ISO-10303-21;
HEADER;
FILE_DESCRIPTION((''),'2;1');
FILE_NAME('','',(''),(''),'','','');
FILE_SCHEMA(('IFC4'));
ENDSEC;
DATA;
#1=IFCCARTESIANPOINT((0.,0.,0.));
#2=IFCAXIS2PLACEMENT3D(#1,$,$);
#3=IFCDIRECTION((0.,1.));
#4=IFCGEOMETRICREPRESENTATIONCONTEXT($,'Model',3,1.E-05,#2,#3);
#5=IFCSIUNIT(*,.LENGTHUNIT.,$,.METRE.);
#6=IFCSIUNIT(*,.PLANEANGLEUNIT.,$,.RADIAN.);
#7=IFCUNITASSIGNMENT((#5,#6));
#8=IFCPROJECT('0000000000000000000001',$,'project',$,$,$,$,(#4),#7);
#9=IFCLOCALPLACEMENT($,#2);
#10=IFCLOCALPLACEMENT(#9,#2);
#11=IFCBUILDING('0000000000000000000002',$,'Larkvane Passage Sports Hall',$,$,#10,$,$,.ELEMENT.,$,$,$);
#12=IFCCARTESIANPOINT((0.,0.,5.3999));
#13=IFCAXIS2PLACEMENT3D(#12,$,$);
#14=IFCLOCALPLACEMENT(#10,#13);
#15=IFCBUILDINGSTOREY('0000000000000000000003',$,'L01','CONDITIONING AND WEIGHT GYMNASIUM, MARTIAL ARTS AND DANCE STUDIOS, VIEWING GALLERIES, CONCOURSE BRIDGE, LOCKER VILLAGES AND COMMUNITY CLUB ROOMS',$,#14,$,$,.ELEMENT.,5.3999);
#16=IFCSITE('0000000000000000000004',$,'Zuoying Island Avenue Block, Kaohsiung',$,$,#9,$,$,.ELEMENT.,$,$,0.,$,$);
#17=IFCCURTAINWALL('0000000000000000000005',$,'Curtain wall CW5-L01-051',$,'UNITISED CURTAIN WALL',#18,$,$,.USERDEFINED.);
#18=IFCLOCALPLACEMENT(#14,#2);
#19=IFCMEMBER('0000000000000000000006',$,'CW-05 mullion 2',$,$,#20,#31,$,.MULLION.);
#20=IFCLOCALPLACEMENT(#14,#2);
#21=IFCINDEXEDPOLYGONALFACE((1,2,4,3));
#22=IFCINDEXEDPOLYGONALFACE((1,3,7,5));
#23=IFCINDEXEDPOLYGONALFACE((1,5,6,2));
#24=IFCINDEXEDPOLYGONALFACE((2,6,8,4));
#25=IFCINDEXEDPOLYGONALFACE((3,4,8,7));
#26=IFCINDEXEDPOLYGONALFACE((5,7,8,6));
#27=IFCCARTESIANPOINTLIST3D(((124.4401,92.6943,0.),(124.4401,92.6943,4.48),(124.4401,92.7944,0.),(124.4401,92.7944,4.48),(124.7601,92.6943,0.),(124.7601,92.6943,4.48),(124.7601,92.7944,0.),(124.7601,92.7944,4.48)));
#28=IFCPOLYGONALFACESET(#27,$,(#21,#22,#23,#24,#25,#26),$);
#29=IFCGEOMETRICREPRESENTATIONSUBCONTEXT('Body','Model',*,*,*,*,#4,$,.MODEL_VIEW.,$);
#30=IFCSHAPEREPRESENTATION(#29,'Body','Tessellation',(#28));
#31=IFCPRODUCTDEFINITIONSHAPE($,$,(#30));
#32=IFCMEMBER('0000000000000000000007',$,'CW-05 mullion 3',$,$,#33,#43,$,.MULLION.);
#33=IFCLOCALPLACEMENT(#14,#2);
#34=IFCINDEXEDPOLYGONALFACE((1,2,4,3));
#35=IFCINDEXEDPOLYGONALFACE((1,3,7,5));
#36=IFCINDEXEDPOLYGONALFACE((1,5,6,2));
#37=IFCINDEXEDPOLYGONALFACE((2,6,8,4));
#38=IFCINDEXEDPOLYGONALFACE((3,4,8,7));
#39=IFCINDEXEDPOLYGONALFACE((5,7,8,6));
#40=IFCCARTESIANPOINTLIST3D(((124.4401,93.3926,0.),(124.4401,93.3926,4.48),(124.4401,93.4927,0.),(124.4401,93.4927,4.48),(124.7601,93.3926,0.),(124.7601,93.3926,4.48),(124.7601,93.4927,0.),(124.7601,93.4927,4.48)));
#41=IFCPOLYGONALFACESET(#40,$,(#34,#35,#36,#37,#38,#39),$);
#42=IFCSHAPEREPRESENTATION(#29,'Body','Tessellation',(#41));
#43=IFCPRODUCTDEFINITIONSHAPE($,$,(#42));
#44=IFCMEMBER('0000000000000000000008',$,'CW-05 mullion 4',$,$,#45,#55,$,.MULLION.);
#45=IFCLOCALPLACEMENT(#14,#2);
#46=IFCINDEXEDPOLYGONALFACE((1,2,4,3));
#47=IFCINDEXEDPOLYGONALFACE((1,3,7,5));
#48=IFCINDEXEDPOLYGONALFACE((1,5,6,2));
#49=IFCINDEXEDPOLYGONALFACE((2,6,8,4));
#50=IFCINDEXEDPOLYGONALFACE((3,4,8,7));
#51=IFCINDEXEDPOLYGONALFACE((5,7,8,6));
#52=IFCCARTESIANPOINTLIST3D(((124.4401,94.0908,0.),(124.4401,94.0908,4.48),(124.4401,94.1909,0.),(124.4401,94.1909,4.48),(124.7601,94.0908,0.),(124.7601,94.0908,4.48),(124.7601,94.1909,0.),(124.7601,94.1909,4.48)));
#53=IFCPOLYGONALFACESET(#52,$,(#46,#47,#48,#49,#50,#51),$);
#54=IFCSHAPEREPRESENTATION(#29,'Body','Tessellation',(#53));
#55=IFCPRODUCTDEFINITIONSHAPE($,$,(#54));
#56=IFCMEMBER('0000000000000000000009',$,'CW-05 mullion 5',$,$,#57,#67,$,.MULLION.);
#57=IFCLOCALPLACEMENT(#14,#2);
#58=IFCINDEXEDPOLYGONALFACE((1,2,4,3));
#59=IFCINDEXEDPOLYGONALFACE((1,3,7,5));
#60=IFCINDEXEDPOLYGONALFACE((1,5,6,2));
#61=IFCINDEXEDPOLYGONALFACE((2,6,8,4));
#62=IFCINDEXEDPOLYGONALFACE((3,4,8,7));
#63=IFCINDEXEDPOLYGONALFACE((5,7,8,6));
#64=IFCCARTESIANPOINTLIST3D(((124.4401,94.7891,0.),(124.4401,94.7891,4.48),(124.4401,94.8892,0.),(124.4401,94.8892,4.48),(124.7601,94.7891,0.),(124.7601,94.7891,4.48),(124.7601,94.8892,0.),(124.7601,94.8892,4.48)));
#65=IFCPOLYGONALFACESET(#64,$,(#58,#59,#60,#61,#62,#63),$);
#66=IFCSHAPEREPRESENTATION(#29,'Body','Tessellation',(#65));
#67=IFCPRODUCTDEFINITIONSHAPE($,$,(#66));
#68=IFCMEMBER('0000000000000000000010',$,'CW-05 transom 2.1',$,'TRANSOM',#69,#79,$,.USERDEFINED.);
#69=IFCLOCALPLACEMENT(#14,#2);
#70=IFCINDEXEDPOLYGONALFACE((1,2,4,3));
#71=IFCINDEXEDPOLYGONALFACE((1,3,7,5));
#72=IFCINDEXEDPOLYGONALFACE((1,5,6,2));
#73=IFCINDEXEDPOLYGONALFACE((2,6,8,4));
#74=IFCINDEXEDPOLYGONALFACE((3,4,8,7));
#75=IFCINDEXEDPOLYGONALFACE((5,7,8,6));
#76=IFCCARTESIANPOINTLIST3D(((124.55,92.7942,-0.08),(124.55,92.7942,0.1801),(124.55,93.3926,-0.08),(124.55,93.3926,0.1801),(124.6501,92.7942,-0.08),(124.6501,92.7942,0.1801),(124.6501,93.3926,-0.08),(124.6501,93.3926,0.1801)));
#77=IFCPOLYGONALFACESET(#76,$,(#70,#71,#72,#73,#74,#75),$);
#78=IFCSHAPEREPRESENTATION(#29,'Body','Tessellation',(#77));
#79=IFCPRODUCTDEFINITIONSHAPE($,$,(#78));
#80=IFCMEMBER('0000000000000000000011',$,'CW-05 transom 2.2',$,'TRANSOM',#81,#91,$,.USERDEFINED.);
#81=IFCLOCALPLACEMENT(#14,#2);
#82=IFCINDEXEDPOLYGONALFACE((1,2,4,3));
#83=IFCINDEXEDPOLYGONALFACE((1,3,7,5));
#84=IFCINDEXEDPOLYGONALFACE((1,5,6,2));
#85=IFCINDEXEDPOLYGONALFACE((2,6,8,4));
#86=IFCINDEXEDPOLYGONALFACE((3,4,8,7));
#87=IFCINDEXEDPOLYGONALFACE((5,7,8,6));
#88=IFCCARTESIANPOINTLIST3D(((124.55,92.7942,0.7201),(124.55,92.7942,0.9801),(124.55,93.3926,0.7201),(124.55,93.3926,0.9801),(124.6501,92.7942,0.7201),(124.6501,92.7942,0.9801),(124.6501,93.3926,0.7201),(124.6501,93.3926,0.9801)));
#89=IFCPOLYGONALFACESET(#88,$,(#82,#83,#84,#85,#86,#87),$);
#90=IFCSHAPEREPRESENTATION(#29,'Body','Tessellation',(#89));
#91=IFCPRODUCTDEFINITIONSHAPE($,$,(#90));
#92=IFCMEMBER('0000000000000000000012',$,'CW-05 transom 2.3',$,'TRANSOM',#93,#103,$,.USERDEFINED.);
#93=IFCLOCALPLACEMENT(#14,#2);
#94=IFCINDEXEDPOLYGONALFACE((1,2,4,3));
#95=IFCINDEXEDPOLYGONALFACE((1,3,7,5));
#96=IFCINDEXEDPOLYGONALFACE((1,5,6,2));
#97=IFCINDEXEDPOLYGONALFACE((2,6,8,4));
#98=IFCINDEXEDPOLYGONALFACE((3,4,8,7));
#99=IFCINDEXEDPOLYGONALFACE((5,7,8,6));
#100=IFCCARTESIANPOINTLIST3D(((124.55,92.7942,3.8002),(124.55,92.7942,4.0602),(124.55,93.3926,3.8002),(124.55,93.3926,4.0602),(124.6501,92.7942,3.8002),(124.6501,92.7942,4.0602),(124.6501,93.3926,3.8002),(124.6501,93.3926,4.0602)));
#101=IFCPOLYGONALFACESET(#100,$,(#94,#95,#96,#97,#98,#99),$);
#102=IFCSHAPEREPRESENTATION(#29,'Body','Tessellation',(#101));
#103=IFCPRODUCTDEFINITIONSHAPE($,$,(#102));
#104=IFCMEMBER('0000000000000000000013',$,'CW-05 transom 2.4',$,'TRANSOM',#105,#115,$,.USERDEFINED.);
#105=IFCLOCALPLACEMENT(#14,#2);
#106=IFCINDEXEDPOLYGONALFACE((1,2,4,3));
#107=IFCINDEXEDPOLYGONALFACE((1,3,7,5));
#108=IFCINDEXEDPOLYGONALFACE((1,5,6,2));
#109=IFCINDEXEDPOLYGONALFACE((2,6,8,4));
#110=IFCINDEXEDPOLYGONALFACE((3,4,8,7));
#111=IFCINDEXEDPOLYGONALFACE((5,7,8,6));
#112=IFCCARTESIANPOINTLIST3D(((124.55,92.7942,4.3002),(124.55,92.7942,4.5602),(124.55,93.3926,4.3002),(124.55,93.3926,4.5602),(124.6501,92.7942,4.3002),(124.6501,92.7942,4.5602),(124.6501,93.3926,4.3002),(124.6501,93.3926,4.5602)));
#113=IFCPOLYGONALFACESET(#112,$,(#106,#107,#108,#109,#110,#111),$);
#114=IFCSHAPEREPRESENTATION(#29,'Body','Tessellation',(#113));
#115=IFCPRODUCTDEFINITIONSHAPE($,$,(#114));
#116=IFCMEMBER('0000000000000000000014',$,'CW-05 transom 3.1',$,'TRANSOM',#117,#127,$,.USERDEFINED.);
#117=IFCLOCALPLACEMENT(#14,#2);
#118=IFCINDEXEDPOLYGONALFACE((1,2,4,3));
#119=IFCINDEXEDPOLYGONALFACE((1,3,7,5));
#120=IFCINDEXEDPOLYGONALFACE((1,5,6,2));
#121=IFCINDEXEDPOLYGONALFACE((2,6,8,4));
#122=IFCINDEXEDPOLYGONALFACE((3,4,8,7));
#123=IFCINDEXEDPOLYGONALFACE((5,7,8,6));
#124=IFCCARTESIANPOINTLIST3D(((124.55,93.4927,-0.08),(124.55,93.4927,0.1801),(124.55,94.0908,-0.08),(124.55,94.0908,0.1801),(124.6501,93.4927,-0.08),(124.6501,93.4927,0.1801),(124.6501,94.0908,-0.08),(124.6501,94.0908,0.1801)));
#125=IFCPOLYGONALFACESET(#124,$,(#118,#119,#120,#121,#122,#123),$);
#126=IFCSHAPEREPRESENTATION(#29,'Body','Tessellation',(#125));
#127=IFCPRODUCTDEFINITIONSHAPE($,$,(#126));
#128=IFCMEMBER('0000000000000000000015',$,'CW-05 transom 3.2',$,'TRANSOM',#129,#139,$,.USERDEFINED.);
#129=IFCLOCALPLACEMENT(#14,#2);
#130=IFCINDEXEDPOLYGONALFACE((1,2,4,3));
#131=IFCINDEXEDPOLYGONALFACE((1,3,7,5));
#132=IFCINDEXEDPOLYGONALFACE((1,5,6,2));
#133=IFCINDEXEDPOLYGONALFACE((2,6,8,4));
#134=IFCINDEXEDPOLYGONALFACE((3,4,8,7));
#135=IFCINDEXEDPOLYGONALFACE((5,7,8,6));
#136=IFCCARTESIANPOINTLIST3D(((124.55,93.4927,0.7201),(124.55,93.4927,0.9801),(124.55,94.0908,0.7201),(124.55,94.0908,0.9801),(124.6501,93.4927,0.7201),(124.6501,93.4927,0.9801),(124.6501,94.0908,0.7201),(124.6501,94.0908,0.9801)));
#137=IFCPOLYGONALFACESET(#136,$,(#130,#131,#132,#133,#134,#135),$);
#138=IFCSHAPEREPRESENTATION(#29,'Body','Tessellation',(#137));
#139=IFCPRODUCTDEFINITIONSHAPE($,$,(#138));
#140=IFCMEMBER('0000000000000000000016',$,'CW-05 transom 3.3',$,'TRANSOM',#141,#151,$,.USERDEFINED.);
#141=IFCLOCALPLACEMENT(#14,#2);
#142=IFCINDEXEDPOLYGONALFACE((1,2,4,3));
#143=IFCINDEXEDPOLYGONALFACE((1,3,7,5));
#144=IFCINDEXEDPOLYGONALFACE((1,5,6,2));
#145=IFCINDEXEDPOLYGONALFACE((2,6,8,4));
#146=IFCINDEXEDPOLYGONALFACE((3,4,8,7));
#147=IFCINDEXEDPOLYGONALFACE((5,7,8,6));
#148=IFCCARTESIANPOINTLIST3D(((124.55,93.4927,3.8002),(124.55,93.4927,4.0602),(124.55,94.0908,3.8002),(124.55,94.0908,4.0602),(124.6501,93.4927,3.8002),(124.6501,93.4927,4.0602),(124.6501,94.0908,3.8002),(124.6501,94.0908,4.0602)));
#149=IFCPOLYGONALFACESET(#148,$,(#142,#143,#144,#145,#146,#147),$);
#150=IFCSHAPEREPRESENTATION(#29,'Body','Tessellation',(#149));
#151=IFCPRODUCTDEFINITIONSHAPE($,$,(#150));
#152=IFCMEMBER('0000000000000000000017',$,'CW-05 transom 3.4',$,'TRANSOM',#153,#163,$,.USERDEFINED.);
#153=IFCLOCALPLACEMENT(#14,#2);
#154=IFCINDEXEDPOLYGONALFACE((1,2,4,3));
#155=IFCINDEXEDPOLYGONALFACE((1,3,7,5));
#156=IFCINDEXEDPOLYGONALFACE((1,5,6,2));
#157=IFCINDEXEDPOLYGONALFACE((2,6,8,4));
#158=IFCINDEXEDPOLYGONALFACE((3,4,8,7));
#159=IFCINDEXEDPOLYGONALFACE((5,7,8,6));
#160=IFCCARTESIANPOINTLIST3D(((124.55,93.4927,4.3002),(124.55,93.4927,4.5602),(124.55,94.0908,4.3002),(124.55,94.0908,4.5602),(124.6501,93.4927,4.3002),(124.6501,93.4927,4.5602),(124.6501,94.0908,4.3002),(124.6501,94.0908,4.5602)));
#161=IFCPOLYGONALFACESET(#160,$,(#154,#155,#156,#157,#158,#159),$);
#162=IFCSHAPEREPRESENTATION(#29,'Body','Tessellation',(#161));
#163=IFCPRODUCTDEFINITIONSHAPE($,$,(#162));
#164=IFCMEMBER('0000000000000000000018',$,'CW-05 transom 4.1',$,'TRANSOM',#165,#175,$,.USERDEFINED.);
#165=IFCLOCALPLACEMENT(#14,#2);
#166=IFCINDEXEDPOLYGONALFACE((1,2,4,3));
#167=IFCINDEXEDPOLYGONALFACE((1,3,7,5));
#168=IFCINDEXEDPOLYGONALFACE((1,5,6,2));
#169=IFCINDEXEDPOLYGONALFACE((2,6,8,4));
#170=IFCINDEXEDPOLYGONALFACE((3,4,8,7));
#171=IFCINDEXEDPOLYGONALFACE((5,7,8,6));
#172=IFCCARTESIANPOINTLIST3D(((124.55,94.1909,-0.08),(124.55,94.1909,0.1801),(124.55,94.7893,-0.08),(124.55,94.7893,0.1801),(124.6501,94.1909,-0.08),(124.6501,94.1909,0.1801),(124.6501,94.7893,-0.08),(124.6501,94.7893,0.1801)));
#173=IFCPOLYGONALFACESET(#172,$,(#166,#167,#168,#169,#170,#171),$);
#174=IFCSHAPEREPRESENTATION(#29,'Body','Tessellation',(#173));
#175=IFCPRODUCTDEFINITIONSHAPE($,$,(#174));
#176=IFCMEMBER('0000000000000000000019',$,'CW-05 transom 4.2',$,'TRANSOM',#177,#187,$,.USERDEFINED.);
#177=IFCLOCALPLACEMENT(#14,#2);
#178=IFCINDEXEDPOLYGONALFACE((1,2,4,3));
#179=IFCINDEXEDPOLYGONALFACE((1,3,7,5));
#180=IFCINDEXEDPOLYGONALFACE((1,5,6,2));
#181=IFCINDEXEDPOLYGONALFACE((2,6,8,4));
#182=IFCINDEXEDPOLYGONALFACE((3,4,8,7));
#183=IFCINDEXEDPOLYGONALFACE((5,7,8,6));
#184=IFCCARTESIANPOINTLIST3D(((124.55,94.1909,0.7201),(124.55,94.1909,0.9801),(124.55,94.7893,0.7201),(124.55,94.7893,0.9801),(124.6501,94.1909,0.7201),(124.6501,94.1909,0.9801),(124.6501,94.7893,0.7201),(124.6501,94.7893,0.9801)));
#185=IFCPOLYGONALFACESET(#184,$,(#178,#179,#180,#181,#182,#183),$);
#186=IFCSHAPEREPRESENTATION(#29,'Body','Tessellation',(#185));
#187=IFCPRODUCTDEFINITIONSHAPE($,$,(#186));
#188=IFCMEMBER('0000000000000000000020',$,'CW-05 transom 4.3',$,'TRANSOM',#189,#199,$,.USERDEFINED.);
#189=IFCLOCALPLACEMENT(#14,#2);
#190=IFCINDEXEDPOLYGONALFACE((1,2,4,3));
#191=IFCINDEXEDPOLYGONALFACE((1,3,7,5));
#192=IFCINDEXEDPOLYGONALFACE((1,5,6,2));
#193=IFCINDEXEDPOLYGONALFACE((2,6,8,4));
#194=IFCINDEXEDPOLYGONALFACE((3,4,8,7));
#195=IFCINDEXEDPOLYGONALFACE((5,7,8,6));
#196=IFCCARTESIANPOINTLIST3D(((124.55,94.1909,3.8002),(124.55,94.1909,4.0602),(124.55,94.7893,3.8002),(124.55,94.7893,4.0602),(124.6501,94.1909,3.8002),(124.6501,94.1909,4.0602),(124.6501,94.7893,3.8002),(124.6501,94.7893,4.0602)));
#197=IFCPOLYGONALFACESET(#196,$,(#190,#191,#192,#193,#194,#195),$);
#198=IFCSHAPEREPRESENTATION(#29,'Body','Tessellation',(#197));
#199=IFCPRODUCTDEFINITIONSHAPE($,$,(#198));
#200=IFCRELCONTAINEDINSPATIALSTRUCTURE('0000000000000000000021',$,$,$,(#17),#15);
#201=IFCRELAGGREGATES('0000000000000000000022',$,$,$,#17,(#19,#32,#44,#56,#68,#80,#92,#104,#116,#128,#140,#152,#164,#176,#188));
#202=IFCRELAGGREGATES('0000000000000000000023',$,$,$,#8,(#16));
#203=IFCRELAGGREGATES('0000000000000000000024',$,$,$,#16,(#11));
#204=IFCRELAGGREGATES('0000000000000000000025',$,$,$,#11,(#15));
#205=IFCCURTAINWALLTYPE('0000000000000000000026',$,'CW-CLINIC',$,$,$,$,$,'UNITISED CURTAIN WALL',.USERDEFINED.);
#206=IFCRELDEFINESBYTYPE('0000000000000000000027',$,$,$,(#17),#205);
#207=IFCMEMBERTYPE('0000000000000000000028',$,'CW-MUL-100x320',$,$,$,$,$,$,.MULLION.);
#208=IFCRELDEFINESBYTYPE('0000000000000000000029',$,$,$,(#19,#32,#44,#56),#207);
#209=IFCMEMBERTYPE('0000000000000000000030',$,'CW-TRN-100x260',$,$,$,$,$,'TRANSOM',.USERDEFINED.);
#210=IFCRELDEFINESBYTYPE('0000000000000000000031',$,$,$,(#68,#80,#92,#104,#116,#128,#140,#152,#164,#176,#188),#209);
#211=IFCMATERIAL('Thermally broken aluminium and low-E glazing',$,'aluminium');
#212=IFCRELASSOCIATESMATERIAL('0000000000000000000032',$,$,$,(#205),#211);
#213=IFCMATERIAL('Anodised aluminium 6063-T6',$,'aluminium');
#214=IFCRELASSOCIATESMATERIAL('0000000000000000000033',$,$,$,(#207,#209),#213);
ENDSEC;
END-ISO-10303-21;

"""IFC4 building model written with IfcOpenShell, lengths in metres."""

from ifc_helpers import new_model, si_unit, direction, frame, origin, origin_2d, place, context, subcontext, project, spatial, rectangle, extrude, material, material_profile, profile_set, type_object, element, aggregate, save


model = new_model("IFC4")

# Units and contexts
model_context = context("Model", 3, precision=1e-05, world=origin(), true_north=direction((0.0, 1.0)))
body_context = subcontext(model_context, "Body", "Model", "MODEL_VIEW")
ifc_project = project(units=[si_unit("LENGTHUNIT", "METRE"), si_unit("PLANEANGLEUNIT", "RADIAN")], contexts=[model_context])

# Site, building, storey
site_placement = place(None, origin())
site = spatial("IfcSite", under=ifc_project, at=site_placement, Name="Zuoying Island Avenue Block, Kaohsiung", CompositionType="ELEMENT", RefElevation=0.0)
building_placement = place(site_placement, origin())
building = spatial("IfcBuilding", under=site, at=building_placement, Name="Larkvane Passage Sports Hall", CompositionType="ELEMENT")
storey_placement = place(building_placement, frame((0.0, 0.0, 5.3999)))
storey = spatial("IfcBuildingStorey", under=building, at=storey_placement, Name="L01", Description="CONDITIONING AND WEIGHT GYMNASIUM, MARTIAL ARTS AND DANCE STUDIOS, VIEWING GALLERIES, CONCOURSE BRIDGE, LOCKER VILLAGES AND COMMUNITY CLUB ROOMS", CompositionType="ELEMENT", Elevation=5.3999)

# Curtain wall, members
ifc_material_1 = material(Name="Thermally broken aluminium and low-E glazing", Category="aluminium")
curtain_wall_type = type_object("IfcCurtainWallType", Name="CW-CLINIC", ElementType="UNITISED CURTAIN WALL", PredefinedType="USERDEFINED", material=ifc_material_1)
curtain_wall_placement = place(storey_placement, origin())
curtain_wall = element("IfcCurtainWall", 1, at=curtain_wall_placement, inside=storey, type_object=curtain_wall_type, Name="Curtain wall CW5-L01-051", ObjectType="UNITISED CURTAIN WALL", PredefinedType="USERDEFINED")
ifc_material_2 = material(Name="Anodised aluminium 6063-T6", Category="aluminium")
ifc_material_profile_1 = material_profile(ifc_material_2, rectangle(XDim=0.1001, YDim=0.3201, at=origin_2d()), Name="ALU-MUL-100x320")
ifc_profile_set_1 = profile_set([ifc_material_profile_1], Name="Anodised aluminium 6063-T6")
member_type_1 = type_object("IfcMemberType", Name="CW-MUL-100x320", PredefinedType="MULLION", material=ifc_profile_set_1)
member_1_placement = place(storey_placement, frame((124.6001, 92.7444, 0.0), z_axis=(0.0, 0.0, 1.0), x_axis=(0.0, 1.0, 0.0)))
member_1 = element("IfcMember", 2, at=member_1_placement, type_object=member_type_1, Name="CW-05 mullion 2", PredefinedType="MULLION", context=body_context, shape_type="SweptSolid", body=[
    extrude(rectangle(XDim=0.1001, YDim=0.3201, at=origin_2d()), origin(), (0.0, 0.0, 1.0), 4.48),
])
member_2_placement = place(storey_placement, frame((124.6001, 93.4426, 0.0), z_axis=(0.0, 0.0, 1.0), x_axis=(0.0, 1.0, 0.0)))
member_2 = element("IfcMember", 3, at=member_2_placement, type_object=member_type_1, Name="CW-05 mullion 3", PredefinedType="MULLION", context=body_context, shape_type="SweptSolid", body=[
    extrude(rectangle(XDim=0.1001, YDim=0.3201, at=origin_2d()), origin(), (0.0, 0.0, 1.0), 4.48),
])
member_3_placement = place(storey_placement, frame((124.6001, 94.1409, 0.0), z_axis=(0.0, 0.0, 1.0), x_axis=(0.0, 1.0, 0.0)))
member_3 = element("IfcMember", 4, at=member_3_placement, type_object=member_type_1, Name="CW-05 mullion 4", PredefinedType="MULLION", context=body_context, shape_type="SweptSolid", body=[
    extrude(rectangle(XDim=0.1001, YDim=0.3201, at=origin_2d()), origin(), (0.0, 0.0, 1.0), 4.48),
])
member_4_placement = place(storey_placement, frame((124.6001, 94.8391, 0.0), z_axis=(0.0, 0.0, 1.0), x_axis=(0.0, 1.0, 0.0)))
member_4 = element("IfcMember", 5, at=member_4_placement, type_object=member_type_1, Name="CW-05 mullion 5", PredefinedType="MULLION", context=body_context, shape_type="SweptSolid", body=[
    extrude(rectangle(XDim=0.1001, YDim=0.3201, at=origin_2d()), origin(), (0.0, 0.0, 1.0), 4.48),
])
ifc_material_profile_2 = material_profile(ifc_material_2, rectangle(XDim=0.1001, YDim=0.26, at=origin_2d()), Name="ALU-TRN-100x260")
ifc_profile_set_2 = profile_set([ifc_material_profile_2], Name="Anodised aluminium 6063-T6")
member_type_2 = type_object("IfcMemberType", Name="CW-TRN-100x260", ElementType="TRANSOM", PredefinedType="USERDEFINED", material=ifc_profile_set_2)
member_5_placement = place(storey_placement, frame((124.6001, 92.7942, 0.05), z_axis=(0.0, 1.0, 0.0), x_axis=(-1.0, 0.0, 0.0)))
member_5 = element("IfcMember", 6, at=member_5_placement, type_object=member_type_2, Name="CW-05 transom 2.1", ObjectType="TRANSOM", PredefinedType="USERDEFINED", context=body_context, shape_type="SweptSolid", body=[
    extrude(rectangle(XDim=0.1001, YDim=0.26, at=origin_2d()), origin(), (0.0, 0.0, 1.0), 0.5984),
])
member_6_placement = place(storey_placement, frame((124.6001, 92.7942, 0.8501), z_axis=(0.0, 1.0, 0.0), x_axis=(-1.0, 0.0, 0.0)))
member_6 = element("IfcMember", 7, at=member_6_placement, type_object=member_type_2, Name="CW-05 transom 2.2", ObjectType="TRANSOM", PredefinedType="USERDEFINED", context=body_context, shape_type="SweptSolid", body=[
    extrude(rectangle(XDim=0.1001, YDim=0.26, at=origin_2d()), origin(), (0.0, 0.0, 1.0), 0.5984),
])
member_7_placement = place(storey_placement, frame((124.6001, 92.7942, 3.9302), z_axis=(0.0, 1.0, 0.0), x_axis=(-1.0, 0.0, 0.0)))
member_7 = element("IfcMember", 8, at=member_7_placement, type_object=member_type_2, Name="CW-05 transom 2.3", ObjectType="TRANSOM", PredefinedType="USERDEFINED", context=body_context, shape_type="SweptSolid", body=[
    extrude(rectangle(XDim=0.1001, YDim=0.26, at=origin_2d()), origin(), (0.0, 0.0, 1.0), 0.5984),
])
member_8_placement = place(storey_placement, frame((124.6001, 92.7942, 4.4302), z_axis=(0.0, 1.0, 0.0), x_axis=(-1.0, 0.0, 0.0)))
member_8 = element("IfcMember", 9, at=member_8_placement, type_object=member_type_2, Name="CW-05 transom 2.4", ObjectType="TRANSOM", PredefinedType="USERDEFINED", context=body_context, shape_type="SweptSolid", body=[
    extrude(rectangle(XDim=0.1001, YDim=0.26, at=origin_2d()), origin(), (0.0, 0.0, 1.0), 0.5984),
])
member_9_placement = place(storey_placement, frame((124.6001, 93.4927, 0.05), z_axis=(0.0, 1.0, 0.0), x_axis=(-1.0, 0.0, 0.0)))
member_9 = element("IfcMember", 10, at=member_9_placement, type_object=member_type_2, Name="CW-05 transom 3.1", ObjectType="TRANSOM", PredefinedType="USERDEFINED", context=body_context, shape_type="SweptSolid", body=[
    extrude(rectangle(XDim=0.1001, YDim=0.26, at=origin_2d()), origin(), (0.0, 0.0, 1.0), 0.5981),
])
member_10_placement = place(storey_placement, frame((124.6001, 93.4927, 0.8501), z_axis=(0.0, 1.0, 0.0), x_axis=(-1.0, 0.0, 0.0)))
member_10 = element("IfcMember", 11, at=member_10_placement, type_object=member_type_2, Name="CW-05 transom 3.2", ObjectType="TRANSOM", PredefinedType="USERDEFINED", context=body_context, shape_type="SweptSolid", body=[
    extrude(rectangle(XDim=0.1001, YDim=0.26, at=origin_2d()), origin(), (0.0, 0.0, 1.0), 0.5981),
])
member_11_placement = place(storey_placement, frame((124.6001, 93.4927, 3.9302), z_axis=(0.0, 1.0, 0.0), x_axis=(-1.0, 0.0, 0.0)))
member_11 = element("IfcMember", 12, at=member_11_placement, type_object=member_type_2, Name="CW-05 transom 3.3", ObjectType="TRANSOM", PredefinedType="USERDEFINED", context=body_context, shape_type="SweptSolid", body=[
    extrude(rectangle(XDim=0.1001, YDim=0.26, at=origin_2d()), origin(), (0.0, 0.0, 1.0), 0.5981),
])
member_12_placement = place(storey_placement, frame((124.6001, 93.4927, 4.4302), z_axis=(0.0, 1.0, 0.0), x_axis=(-1.0, 0.0, 0.0)))
member_12 = element("IfcMember", 13, at=member_12_placement, type_object=member_type_2, Name="CW-05 transom 3.4", ObjectType="TRANSOM", PredefinedType="USERDEFINED", context=body_context, shape_type="SweptSolid", body=[
    extrude(rectangle(XDim=0.1001, YDim=0.26, at=origin_2d()), origin(), (0.0, 0.0, 1.0), 0.5981),
])
member_13_placement = place(storey_placement, frame((124.6001, 94.1909, 0.05), z_axis=(0.0, 1.0, 0.0), x_axis=(-1.0, 0.0, 0.0)))
member_13 = element("IfcMember", 14, at=member_13_placement, type_object=member_type_2, Name="CW-05 transom 4.1", ObjectType="TRANSOM", PredefinedType="USERDEFINED", context=body_context, shape_type="SweptSolid", body=[
    extrude(rectangle(XDim=0.1001, YDim=0.26, at=origin_2d()), origin(), (0.0, 0.0, 1.0), 0.5984),
])
member_14_placement = place(storey_placement, frame((124.6001, 94.1909, 0.8501), z_axis=(0.0, 1.0, 0.0), x_axis=(-1.0, 0.0, 0.0)))
member_14 = element("IfcMember", 15, at=member_14_placement, type_object=member_type_2, Name="CW-05 transom 4.2", ObjectType="TRANSOM", PredefinedType="USERDEFINED", context=body_context, shape_type="SweptSolid", body=[
    extrude(rectangle(XDim=0.1001, YDim=0.26, at=origin_2d()), origin(), (0.0, 0.0, 1.0), 0.5984),
])
member_15_placement = place(storey_placement, frame((124.6001, 94.1909, 3.9302), z_axis=(0.0, 1.0, 0.0), x_axis=(-1.0, 0.0, 0.0)))
member_15 = element("IfcMember", 16, at=member_15_placement, type_object=member_type_2, Name="CW-05 transom 4.3", ObjectType="TRANSOM", PredefinedType="USERDEFINED", context=body_context, shape_type="SweptSolid", body=[
    extrude(rectangle(XDim=0.1001, YDim=0.26, at=origin_2d()), origin(), (0.0, 0.0, 1.0), 0.5984),
])
aggregate(curtain_wall, [member_1, member_2, member_3, member_4, member_5, member_6, member_7, member_8, member_9, member_10, member_11, member_12, member_13, member_14, member_15])

save(model, "model.ifc")
